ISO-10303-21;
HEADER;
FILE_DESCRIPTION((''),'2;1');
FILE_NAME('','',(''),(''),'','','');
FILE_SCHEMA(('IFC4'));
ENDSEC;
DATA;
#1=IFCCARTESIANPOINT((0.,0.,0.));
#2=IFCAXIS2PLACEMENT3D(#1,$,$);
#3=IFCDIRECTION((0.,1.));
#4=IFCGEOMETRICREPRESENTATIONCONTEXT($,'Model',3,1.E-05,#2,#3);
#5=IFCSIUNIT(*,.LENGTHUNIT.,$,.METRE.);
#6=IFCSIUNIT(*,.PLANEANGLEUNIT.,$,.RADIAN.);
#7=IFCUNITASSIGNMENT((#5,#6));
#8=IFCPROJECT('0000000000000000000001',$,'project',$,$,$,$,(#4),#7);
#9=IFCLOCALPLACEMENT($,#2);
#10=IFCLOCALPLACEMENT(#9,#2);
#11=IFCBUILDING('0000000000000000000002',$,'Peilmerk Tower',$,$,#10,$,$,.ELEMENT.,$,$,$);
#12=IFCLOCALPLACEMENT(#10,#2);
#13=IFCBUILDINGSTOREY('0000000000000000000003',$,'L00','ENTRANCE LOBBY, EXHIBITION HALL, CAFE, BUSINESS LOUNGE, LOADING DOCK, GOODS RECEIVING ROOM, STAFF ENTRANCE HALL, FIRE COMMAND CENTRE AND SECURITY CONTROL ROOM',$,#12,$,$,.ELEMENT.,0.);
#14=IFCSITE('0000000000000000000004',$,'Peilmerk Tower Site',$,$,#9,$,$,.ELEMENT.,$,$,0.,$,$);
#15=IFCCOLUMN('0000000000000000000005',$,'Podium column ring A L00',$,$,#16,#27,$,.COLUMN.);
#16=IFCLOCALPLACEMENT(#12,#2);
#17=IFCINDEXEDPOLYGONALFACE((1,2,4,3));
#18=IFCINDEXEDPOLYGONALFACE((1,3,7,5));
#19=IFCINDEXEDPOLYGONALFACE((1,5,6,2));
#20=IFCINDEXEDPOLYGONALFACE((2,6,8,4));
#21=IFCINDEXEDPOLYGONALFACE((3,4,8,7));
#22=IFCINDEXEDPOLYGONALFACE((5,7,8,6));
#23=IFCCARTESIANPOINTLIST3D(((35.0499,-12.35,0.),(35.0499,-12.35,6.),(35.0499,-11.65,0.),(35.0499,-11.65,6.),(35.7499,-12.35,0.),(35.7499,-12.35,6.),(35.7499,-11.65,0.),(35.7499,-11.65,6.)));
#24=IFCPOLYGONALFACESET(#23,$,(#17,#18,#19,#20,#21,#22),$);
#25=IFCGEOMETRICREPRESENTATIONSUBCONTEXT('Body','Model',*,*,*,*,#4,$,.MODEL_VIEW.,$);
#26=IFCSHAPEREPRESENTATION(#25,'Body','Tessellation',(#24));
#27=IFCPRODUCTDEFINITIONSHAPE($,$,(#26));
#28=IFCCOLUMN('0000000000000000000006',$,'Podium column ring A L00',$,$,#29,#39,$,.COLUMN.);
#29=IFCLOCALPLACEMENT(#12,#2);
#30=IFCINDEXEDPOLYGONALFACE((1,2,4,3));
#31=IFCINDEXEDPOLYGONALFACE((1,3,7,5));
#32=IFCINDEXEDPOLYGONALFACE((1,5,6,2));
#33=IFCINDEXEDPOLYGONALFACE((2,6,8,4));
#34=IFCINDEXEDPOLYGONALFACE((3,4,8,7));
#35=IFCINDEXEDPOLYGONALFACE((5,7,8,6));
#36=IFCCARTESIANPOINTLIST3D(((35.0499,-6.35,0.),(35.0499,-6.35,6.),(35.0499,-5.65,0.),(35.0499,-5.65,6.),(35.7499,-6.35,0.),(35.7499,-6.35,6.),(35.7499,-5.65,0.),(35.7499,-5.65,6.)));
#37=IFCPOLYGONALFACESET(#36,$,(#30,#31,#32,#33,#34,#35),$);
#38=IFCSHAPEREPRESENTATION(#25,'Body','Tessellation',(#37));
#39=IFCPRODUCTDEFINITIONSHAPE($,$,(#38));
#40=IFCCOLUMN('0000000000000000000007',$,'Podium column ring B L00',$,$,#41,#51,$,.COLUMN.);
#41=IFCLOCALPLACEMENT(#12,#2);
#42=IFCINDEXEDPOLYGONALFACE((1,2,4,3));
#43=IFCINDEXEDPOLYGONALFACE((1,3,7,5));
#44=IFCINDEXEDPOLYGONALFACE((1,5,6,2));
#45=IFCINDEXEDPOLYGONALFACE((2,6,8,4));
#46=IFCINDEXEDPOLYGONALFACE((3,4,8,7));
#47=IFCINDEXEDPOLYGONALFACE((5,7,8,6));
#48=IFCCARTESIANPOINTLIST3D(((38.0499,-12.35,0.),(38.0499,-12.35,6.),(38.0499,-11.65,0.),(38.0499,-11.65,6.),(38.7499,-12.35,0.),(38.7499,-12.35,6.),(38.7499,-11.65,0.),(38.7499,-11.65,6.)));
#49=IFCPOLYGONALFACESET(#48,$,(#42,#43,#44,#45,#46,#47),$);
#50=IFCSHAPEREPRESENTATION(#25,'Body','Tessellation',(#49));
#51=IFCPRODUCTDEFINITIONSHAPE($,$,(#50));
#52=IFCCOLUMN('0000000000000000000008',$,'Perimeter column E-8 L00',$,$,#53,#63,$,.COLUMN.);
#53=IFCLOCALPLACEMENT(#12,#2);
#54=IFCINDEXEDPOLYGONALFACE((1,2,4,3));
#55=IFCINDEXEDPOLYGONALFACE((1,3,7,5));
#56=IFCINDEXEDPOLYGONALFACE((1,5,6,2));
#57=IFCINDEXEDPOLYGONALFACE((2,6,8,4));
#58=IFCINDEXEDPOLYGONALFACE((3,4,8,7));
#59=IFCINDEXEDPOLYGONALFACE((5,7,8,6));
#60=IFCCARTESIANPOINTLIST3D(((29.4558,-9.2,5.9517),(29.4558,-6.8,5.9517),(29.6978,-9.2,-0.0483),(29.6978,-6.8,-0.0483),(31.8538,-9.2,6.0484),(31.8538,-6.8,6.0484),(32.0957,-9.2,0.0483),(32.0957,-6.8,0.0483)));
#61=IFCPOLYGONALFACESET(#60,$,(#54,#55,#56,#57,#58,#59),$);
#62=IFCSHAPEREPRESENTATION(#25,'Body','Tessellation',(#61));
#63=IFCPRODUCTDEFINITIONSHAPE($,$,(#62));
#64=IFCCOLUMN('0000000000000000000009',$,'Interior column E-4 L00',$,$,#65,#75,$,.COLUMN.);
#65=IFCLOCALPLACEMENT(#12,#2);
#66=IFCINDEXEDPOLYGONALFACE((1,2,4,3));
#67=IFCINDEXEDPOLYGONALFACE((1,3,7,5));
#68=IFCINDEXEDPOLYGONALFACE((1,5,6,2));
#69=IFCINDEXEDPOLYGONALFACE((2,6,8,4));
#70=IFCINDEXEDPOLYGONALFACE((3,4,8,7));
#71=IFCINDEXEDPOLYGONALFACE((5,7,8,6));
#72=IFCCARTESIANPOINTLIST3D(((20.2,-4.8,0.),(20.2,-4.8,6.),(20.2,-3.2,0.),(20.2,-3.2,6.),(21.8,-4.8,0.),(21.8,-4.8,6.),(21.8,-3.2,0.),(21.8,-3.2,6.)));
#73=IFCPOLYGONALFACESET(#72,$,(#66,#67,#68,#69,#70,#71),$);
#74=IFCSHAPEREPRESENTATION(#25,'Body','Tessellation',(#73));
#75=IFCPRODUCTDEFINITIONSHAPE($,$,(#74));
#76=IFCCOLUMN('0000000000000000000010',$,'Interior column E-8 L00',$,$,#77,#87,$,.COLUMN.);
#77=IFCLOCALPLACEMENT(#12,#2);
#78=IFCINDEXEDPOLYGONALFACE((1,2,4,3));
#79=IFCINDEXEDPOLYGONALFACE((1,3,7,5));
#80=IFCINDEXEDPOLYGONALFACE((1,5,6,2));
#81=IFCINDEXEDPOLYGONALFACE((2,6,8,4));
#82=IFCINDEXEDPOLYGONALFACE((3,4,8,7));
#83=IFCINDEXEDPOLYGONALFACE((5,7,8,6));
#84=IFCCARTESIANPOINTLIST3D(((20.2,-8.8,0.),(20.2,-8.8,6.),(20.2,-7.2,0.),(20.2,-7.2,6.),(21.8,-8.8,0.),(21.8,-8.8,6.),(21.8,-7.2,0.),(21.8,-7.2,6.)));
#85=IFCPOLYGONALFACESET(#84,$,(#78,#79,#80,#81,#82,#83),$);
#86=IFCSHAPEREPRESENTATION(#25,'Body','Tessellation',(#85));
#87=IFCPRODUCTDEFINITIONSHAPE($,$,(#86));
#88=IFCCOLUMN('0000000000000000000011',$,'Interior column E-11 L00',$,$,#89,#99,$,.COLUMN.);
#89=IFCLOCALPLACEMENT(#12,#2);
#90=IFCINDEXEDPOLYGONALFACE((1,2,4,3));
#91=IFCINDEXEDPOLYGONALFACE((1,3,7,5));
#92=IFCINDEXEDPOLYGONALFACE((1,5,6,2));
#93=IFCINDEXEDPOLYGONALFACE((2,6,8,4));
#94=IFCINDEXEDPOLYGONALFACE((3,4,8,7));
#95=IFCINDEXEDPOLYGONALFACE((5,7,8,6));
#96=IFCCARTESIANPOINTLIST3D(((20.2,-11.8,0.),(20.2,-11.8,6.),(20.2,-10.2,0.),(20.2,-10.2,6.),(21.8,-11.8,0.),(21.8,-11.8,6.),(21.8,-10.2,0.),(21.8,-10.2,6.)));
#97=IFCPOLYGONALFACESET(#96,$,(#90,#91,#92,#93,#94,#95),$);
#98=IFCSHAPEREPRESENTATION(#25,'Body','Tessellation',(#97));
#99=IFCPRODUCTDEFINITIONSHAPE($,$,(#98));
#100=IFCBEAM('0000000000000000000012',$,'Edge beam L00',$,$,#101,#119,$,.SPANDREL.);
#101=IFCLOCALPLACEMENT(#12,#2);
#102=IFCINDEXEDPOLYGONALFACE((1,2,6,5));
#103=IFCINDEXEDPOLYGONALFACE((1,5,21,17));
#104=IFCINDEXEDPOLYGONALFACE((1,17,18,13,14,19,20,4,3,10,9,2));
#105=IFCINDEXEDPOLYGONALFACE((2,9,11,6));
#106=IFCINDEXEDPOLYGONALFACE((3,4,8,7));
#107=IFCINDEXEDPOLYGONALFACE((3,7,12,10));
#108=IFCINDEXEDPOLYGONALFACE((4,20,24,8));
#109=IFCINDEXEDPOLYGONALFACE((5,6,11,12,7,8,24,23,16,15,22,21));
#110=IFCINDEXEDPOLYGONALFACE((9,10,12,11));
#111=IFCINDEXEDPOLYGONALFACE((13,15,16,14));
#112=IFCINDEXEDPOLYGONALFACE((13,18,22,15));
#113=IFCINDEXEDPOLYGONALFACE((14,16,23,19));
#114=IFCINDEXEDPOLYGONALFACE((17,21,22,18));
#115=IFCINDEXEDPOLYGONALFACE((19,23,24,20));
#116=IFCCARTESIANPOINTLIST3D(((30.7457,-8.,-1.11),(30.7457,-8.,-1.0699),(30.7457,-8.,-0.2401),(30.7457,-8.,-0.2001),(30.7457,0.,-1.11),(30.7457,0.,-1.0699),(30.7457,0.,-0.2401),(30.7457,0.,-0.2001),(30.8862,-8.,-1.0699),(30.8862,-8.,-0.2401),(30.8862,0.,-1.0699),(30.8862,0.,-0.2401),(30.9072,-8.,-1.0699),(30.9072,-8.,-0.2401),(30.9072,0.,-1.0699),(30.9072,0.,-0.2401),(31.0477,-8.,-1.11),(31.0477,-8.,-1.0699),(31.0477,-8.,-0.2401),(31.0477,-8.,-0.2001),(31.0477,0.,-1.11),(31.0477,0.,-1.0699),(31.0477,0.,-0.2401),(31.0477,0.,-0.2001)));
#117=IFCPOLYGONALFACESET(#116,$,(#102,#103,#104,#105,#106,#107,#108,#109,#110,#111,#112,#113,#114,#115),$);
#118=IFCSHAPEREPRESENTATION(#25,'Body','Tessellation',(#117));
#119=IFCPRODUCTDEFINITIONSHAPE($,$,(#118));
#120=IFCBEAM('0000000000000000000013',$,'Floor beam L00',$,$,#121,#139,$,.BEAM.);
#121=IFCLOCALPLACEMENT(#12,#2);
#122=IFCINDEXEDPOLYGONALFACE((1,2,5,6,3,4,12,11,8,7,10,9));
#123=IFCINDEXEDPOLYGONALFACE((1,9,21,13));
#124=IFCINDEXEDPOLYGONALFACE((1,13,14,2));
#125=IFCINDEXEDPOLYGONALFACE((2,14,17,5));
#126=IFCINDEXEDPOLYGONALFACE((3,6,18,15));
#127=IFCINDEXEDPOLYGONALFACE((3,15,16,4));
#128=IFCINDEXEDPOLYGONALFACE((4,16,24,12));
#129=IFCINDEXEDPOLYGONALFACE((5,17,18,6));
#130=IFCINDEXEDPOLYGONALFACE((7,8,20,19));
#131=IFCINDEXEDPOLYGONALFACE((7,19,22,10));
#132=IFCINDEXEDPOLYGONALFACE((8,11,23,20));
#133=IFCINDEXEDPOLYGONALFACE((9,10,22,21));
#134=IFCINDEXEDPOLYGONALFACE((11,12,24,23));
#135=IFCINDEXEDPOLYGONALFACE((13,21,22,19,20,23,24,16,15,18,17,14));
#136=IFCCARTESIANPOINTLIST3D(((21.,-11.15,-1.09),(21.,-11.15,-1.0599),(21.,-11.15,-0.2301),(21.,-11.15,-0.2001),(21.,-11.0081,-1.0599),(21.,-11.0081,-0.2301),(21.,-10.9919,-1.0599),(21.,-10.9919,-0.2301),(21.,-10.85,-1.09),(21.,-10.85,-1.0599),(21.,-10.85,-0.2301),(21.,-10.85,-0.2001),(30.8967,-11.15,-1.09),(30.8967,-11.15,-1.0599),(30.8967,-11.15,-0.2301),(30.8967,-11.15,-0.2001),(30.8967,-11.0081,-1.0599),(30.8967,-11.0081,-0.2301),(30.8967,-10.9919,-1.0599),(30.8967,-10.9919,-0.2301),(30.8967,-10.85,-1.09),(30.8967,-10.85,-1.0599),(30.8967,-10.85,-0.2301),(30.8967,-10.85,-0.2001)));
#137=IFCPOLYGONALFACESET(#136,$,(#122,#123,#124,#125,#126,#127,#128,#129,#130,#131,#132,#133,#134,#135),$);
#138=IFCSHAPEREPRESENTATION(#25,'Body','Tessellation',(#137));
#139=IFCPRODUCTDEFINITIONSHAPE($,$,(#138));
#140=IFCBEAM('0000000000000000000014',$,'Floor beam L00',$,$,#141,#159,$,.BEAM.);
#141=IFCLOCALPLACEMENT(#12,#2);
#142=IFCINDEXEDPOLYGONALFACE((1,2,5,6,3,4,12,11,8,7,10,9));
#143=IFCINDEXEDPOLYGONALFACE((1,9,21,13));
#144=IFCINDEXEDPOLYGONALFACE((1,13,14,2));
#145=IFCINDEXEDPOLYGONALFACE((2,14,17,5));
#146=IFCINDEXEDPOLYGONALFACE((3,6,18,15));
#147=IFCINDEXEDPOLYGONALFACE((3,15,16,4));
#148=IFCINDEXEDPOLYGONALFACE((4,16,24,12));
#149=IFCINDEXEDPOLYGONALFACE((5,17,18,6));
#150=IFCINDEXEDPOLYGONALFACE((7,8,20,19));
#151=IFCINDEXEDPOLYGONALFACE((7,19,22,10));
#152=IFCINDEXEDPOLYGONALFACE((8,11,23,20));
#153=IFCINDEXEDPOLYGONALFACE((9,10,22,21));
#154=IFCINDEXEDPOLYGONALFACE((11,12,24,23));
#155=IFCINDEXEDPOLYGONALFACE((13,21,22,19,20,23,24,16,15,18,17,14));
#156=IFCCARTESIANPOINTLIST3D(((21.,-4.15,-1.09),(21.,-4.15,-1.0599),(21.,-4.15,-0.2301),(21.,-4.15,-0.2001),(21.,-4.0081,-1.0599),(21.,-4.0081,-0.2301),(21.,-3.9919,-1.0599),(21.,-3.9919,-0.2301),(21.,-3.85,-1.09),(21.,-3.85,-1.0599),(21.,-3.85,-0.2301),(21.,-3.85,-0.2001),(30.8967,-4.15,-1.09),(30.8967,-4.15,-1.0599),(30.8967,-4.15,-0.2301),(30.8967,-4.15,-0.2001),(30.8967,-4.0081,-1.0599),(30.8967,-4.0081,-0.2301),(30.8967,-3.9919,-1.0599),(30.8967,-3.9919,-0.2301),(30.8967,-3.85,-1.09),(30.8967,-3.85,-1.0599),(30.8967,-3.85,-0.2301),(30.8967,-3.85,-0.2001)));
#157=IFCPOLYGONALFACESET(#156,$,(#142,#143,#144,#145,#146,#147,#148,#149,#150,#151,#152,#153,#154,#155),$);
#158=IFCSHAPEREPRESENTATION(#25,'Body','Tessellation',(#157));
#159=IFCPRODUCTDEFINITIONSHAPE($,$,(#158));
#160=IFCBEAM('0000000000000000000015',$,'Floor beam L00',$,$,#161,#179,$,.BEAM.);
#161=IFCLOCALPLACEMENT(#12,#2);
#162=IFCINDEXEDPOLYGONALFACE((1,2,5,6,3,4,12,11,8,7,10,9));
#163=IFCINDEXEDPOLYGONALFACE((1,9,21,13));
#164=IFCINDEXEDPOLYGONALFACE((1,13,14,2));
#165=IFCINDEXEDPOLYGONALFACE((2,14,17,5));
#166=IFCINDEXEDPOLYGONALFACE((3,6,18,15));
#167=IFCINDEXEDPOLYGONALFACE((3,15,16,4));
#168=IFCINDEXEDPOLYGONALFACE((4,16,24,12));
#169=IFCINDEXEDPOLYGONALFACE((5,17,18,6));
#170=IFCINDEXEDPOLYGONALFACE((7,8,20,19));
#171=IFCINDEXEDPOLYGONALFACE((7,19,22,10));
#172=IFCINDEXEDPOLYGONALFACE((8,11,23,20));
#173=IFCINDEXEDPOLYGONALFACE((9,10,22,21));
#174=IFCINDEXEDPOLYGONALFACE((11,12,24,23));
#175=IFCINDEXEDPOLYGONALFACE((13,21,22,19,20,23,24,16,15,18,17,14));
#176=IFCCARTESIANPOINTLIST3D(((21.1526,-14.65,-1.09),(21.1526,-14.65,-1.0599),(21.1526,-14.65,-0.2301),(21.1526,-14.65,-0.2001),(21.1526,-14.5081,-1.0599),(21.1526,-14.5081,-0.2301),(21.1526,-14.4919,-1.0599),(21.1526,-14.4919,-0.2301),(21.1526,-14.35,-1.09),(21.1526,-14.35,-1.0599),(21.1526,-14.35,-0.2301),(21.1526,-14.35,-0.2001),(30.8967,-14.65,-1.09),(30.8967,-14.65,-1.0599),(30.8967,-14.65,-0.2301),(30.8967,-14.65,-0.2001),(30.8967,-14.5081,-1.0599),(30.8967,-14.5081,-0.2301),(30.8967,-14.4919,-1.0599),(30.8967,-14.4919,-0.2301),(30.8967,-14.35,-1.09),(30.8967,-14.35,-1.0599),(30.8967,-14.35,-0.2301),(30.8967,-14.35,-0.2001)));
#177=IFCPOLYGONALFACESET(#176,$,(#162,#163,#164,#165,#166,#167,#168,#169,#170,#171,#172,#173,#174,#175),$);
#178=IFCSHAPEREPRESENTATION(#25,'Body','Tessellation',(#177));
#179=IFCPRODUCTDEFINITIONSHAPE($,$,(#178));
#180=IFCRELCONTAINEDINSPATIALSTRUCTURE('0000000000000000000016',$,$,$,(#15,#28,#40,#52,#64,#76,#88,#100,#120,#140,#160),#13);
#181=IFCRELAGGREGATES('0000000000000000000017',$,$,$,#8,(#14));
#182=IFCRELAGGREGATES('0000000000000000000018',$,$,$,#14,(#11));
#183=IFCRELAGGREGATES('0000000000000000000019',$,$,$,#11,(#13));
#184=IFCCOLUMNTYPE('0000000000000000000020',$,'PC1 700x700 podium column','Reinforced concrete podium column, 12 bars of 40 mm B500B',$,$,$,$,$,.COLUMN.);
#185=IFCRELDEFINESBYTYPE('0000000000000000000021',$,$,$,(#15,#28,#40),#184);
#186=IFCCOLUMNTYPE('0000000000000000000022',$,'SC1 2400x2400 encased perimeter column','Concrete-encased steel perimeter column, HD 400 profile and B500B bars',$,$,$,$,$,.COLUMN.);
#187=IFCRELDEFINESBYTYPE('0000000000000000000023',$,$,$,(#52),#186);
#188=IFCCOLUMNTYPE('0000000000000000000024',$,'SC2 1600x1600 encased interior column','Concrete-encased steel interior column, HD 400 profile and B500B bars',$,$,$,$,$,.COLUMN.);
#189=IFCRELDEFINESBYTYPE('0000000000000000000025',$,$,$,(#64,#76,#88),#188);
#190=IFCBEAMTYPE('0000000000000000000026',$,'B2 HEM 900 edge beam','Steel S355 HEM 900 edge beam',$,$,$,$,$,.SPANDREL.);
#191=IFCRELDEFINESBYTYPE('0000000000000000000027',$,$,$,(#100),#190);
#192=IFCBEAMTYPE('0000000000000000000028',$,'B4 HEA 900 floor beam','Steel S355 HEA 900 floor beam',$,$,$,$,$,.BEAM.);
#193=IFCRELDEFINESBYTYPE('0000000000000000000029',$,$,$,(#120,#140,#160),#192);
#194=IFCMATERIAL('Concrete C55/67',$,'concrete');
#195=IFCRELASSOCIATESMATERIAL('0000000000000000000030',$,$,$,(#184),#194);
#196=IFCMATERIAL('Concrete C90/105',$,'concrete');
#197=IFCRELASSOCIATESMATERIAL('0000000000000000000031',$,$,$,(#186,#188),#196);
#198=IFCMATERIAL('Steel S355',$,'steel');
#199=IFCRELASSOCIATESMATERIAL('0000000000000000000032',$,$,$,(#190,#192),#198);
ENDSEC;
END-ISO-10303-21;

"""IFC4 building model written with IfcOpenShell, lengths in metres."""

from ifc_helpers import new_model, si_unit, direction, frame, origin, origin_2d, place, context, subcontext, project, spatial, rectangle, i_section, extrude, material, material_profile, profile_set, type_object, element, save


model = new_model("IFC4")

# Units and contexts
model_context = context("Model", 3, precision=1e-05, world=origin(), true_north=direction((0.0, 1.0)))
body_context = subcontext(model_context, "Body", "Model", "MODEL_VIEW")
ifc_project = project(units=[si_unit("LENGTHUNIT", "METRE"), si_unit("PLANEANGLEUNIT", "RADIAN")], contexts=[model_context])

# Site, building, storey
site_placement = place(None, origin())
site = spatial("IfcSite", under=ifc_project, at=site_placement, Name="Peilmerk Tower Site", CompositionType="ELEMENT", RefElevation=0.0)
building_placement = place(site_placement, origin())
building = spatial("IfcBuilding", under=site, at=building_placement, Name="Peilmerk Tower", CompositionType="ELEMENT")
storey_placement = place(building_placement, origin())
storey = spatial("IfcBuildingStorey", under=building, at=storey_placement, Name="L00", Description="ENTRANCE LOBBY, EXHIBITION HALL, CAFE, BUSINESS LOUNGE, LOADING DOCK, GOODS RECEIVING ROOM, STAFF ENTRANCE HALL, FIRE COMMAND CENTRE AND SECURITY CONTROL ROOM", CompositionType="ELEMENT", Elevation=0.0)

# Columns
ifc_material_1 = material(Name="Concrete C55/67", Category="concrete")
ifc_material_profile_1 = material_profile(ifc_material_1, rectangle(XDim=0.7, YDim=0.7, at=origin_2d()), Name="RC 700x700")
ifc_profile_set_1 = profile_set([ifc_material_profile_1], Name="Concrete C55/67")
column_type_1 = type_object("IfcColumnType", Name="PC1 700x700 podium column", Description="Reinforced concrete podium column, 12 bars of 40 mm B500B", PredefinedType="COLUMN", material=ifc_profile_set_1)
for number, where, z_axis, x_axis, name in (
    (1, (35.3999, -12.0, 0.0), (0.0, 0.0, 1.0), (1.0, 0.0, 0.0), "Podium column ring A L00"),
    (2, (35.3999, -6.0, 0.0), (0.0, 0.0, 1.0), (1.0, 0.0, 0.0), "Podium column ring A L00"),
    (3, (38.3999, -12.0, 0.0), (0.0, 0.0, 1.0), (1.0, 0.0, 0.0), "Podium column ring B L00"),
):
    element("IfcColumn", number, at=place(storey_placement, frame(where, z_axis=z_axis, x_axis=x_axis)), inside=storey, type_object=column_type_1, Name=name, PredefinedType="COLUMN", context=body_context, shape_type="SweptSolid", body=[
        extrude(rectangle(XDim=0.7, YDim=0.7, at=origin_2d()), origin(), (0.0, 0.0, 1.0), 6.0),
    ])
ifc_material_2 = material(Name="Concrete C90/105", Category="concrete")
ifc_material_profile_2 = material_profile(ifc_material_2, rectangle(XDim=2.3999, YDim=2.3999, at=origin_2d()), Name="RC 2400x2400")
ifc_profile_set_2 = profile_set([ifc_material_profile_2], Name="Concrete C90/105")
column_type_2 = type_object("IfcColumnType", Name="SC1 2400x2400 encased perimeter column", Description="Concrete-encased steel perimeter column, HD 400 profile and B500B bars", PredefinedType="COLUMN", material=ifc_profile_set_2)
column_placement = place(storey_placement, frame((30.8967, -8.0, 0.0), z_axis=(-0.040291, 0.0, 0.999188), x_axis=(0.0, -1.0, 0.0)))
element("IfcColumn", 4, at=column_placement, inside=storey, type_object=column_type_2, Name="Perimeter column E-8 L00", PredefinedType="COLUMN", context=body_context, shape_type="SweptSolid", body=[
    extrude(rectangle(XDim=2.3999, YDim=2.3999, at=origin_2d()), origin(), (0.0, 0.0, 1.0), 6.0049),
])
ifc_material_profile_3 = material_profile(ifc_material_2, rectangle(XDim=1.6001, YDim=1.6001, at=origin_2d()), Name="RC 1600x1600")
ifc_profile_set_3 = profile_set([ifc_material_profile_3], Name="Concrete C90/105")
column_type_3 = type_object("IfcColumnType", Name="SC2 1600x1600 encased interior column", Description="Concrete-encased steel interior column, HD 400 profile and B500B bars", PredefinedType="COLUMN", material=ifc_profile_set_3)
for number, where, z_axis, x_axis, name in (
    (5, (21.0, -4.0, 0.0), (0.0, 0.0, 1.0), (1.0, 0.0, 0.0), "Interior column E-4 L00"),
    (6, (21.0, -8.0, 0.0), (0.0, 0.0, 1.0), (1.0, 0.0, 0.0), "Interior column E-8 L00"),
    (7, (21.0, -11.0, 0.0), (0.0, 0.0, 1.0), (1.0, 0.0, 0.0), "Interior column E-11 L00"),
):
    element("IfcColumn", number, at=place(storey_placement, frame(where, z_axis=z_axis, x_axis=x_axis)), inside=storey, type_object=column_type_3, Name=name, PredefinedType="COLUMN", context=body_context, shape_type="SweptSolid", body=[
        extrude(rectangle(XDim=1.6001, YDim=1.6001, at=origin_2d()), origin(), (0.0, 0.0, 1.0), 6.0),
    ])

# Beams
ifc_material_3 = material(Name="Steel S355", Category="steel")
ifc_material_profile_4 = material_profile(ifc_material_3, i_section(OverallWidth=0.302, OverallDepth=0.9099, WebThickness=0.021, FlangeThickness=0.04, at=origin_2d()), Name="HEM 900")
ifc_profile_set_4 = profile_set([ifc_material_profile_4], Name="Steel S355")
beam_type_1 = type_object("IfcBeamType", Name="B2 HEM 900 edge beam", Description="Steel S355 HEM 900 edge beam", PredefinedType="SPANDREL", material=ifc_profile_set_4)
beam_1_placement = place(storey_placement, frame((30.8967, -8.0, -0.655), z_axis=(0.0, 1.0, 0.0), x_axis=(-1.0, 0.0, 0.0)))
element("IfcBeam", 8, at=beam_1_placement, inside=storey, type_object=beam_type_1, Name="Edge beam L00", PredefinedType="SPANDREL", context=body_context, shape_type="SweptSolid", body=[
    extrude(i_section(OverallWidth=0.302, OverallDepth=0.9099, WebThickness=0.021, FlangeThickness=0.04, at=origin_2d()), origin(), (0.0, 0.0, 1.0), 8.0),
])
ifc_material_profile_5 = material_profile(ifc_material_3, i_section(OverallWidth=0.3, OverallDepth=0.8899, WebThickness=0.0161, FlangeThickness=0.03, at=origin_2d()), Name="HEA 900")
ifc_profile_set_5 = profile_set([ifc_material_profile_5], Name="Steel S355")
beam_type_2 = type_object("IfcBeamType", Name="B4 HEA 900 floor beam", Description="Steel S355 HEA 900 floor beam", PredefinedType="BEAM", material=ifc_profile_set_5)
for number, where, z_axis, x_axis, name in (
    (9, (21.0, -11.0, -0.645), (1.0, 0.0, 0.0), (0.0, 1.0, 0.0), "Floor beam L00"),
    (10, (21.0, -4.0, -0.645), (1.0, 0.0, 0.0), (0.0, 1.0, 0.0), "Floor beam L00"),
):
    element("IfcBeam", number, at=place(storey_placement, frame(where, z_axis=z_axis, x_axis=x_axis)), inside=storey, type_object=beam_type_2, Name=name, PredefinedType="BEAM", context=body_context, shape_type="SweptSolid", body=[
        extrude(i_section(OverallWidth=0.3, OverallDepth=0.8899, WebThickness=0.0161, FlangeThickness=0.03, at=origin_2d()), origin(), (0.0, 0.0, 1.0), 9.8967),
    ])
beam_2_placement = place(storey_placement, frame((21.1526, -14.5, -0.645), z_axis=(1.0, 0.0, 0.0), x_axis=(0.0, 1.0, 0.0)))
element("IfcBeam", 11, at=beam_2_placement, inside=storey, type_object=beam_type_2, Name="Floor beam L00", PredefinedType="BEAM", context=body_context, shape_type="SweptSolid", body=[
    extrude(i_section(OverallWidth=0.3, OverallDepth=0.8899, WebThickness=0.0161, FlangeThickness=0.03, at=origin_2d()), origin(), (0.0, 0.0, 1.0), 9.7441),
])

save(model, "model.ifc")
